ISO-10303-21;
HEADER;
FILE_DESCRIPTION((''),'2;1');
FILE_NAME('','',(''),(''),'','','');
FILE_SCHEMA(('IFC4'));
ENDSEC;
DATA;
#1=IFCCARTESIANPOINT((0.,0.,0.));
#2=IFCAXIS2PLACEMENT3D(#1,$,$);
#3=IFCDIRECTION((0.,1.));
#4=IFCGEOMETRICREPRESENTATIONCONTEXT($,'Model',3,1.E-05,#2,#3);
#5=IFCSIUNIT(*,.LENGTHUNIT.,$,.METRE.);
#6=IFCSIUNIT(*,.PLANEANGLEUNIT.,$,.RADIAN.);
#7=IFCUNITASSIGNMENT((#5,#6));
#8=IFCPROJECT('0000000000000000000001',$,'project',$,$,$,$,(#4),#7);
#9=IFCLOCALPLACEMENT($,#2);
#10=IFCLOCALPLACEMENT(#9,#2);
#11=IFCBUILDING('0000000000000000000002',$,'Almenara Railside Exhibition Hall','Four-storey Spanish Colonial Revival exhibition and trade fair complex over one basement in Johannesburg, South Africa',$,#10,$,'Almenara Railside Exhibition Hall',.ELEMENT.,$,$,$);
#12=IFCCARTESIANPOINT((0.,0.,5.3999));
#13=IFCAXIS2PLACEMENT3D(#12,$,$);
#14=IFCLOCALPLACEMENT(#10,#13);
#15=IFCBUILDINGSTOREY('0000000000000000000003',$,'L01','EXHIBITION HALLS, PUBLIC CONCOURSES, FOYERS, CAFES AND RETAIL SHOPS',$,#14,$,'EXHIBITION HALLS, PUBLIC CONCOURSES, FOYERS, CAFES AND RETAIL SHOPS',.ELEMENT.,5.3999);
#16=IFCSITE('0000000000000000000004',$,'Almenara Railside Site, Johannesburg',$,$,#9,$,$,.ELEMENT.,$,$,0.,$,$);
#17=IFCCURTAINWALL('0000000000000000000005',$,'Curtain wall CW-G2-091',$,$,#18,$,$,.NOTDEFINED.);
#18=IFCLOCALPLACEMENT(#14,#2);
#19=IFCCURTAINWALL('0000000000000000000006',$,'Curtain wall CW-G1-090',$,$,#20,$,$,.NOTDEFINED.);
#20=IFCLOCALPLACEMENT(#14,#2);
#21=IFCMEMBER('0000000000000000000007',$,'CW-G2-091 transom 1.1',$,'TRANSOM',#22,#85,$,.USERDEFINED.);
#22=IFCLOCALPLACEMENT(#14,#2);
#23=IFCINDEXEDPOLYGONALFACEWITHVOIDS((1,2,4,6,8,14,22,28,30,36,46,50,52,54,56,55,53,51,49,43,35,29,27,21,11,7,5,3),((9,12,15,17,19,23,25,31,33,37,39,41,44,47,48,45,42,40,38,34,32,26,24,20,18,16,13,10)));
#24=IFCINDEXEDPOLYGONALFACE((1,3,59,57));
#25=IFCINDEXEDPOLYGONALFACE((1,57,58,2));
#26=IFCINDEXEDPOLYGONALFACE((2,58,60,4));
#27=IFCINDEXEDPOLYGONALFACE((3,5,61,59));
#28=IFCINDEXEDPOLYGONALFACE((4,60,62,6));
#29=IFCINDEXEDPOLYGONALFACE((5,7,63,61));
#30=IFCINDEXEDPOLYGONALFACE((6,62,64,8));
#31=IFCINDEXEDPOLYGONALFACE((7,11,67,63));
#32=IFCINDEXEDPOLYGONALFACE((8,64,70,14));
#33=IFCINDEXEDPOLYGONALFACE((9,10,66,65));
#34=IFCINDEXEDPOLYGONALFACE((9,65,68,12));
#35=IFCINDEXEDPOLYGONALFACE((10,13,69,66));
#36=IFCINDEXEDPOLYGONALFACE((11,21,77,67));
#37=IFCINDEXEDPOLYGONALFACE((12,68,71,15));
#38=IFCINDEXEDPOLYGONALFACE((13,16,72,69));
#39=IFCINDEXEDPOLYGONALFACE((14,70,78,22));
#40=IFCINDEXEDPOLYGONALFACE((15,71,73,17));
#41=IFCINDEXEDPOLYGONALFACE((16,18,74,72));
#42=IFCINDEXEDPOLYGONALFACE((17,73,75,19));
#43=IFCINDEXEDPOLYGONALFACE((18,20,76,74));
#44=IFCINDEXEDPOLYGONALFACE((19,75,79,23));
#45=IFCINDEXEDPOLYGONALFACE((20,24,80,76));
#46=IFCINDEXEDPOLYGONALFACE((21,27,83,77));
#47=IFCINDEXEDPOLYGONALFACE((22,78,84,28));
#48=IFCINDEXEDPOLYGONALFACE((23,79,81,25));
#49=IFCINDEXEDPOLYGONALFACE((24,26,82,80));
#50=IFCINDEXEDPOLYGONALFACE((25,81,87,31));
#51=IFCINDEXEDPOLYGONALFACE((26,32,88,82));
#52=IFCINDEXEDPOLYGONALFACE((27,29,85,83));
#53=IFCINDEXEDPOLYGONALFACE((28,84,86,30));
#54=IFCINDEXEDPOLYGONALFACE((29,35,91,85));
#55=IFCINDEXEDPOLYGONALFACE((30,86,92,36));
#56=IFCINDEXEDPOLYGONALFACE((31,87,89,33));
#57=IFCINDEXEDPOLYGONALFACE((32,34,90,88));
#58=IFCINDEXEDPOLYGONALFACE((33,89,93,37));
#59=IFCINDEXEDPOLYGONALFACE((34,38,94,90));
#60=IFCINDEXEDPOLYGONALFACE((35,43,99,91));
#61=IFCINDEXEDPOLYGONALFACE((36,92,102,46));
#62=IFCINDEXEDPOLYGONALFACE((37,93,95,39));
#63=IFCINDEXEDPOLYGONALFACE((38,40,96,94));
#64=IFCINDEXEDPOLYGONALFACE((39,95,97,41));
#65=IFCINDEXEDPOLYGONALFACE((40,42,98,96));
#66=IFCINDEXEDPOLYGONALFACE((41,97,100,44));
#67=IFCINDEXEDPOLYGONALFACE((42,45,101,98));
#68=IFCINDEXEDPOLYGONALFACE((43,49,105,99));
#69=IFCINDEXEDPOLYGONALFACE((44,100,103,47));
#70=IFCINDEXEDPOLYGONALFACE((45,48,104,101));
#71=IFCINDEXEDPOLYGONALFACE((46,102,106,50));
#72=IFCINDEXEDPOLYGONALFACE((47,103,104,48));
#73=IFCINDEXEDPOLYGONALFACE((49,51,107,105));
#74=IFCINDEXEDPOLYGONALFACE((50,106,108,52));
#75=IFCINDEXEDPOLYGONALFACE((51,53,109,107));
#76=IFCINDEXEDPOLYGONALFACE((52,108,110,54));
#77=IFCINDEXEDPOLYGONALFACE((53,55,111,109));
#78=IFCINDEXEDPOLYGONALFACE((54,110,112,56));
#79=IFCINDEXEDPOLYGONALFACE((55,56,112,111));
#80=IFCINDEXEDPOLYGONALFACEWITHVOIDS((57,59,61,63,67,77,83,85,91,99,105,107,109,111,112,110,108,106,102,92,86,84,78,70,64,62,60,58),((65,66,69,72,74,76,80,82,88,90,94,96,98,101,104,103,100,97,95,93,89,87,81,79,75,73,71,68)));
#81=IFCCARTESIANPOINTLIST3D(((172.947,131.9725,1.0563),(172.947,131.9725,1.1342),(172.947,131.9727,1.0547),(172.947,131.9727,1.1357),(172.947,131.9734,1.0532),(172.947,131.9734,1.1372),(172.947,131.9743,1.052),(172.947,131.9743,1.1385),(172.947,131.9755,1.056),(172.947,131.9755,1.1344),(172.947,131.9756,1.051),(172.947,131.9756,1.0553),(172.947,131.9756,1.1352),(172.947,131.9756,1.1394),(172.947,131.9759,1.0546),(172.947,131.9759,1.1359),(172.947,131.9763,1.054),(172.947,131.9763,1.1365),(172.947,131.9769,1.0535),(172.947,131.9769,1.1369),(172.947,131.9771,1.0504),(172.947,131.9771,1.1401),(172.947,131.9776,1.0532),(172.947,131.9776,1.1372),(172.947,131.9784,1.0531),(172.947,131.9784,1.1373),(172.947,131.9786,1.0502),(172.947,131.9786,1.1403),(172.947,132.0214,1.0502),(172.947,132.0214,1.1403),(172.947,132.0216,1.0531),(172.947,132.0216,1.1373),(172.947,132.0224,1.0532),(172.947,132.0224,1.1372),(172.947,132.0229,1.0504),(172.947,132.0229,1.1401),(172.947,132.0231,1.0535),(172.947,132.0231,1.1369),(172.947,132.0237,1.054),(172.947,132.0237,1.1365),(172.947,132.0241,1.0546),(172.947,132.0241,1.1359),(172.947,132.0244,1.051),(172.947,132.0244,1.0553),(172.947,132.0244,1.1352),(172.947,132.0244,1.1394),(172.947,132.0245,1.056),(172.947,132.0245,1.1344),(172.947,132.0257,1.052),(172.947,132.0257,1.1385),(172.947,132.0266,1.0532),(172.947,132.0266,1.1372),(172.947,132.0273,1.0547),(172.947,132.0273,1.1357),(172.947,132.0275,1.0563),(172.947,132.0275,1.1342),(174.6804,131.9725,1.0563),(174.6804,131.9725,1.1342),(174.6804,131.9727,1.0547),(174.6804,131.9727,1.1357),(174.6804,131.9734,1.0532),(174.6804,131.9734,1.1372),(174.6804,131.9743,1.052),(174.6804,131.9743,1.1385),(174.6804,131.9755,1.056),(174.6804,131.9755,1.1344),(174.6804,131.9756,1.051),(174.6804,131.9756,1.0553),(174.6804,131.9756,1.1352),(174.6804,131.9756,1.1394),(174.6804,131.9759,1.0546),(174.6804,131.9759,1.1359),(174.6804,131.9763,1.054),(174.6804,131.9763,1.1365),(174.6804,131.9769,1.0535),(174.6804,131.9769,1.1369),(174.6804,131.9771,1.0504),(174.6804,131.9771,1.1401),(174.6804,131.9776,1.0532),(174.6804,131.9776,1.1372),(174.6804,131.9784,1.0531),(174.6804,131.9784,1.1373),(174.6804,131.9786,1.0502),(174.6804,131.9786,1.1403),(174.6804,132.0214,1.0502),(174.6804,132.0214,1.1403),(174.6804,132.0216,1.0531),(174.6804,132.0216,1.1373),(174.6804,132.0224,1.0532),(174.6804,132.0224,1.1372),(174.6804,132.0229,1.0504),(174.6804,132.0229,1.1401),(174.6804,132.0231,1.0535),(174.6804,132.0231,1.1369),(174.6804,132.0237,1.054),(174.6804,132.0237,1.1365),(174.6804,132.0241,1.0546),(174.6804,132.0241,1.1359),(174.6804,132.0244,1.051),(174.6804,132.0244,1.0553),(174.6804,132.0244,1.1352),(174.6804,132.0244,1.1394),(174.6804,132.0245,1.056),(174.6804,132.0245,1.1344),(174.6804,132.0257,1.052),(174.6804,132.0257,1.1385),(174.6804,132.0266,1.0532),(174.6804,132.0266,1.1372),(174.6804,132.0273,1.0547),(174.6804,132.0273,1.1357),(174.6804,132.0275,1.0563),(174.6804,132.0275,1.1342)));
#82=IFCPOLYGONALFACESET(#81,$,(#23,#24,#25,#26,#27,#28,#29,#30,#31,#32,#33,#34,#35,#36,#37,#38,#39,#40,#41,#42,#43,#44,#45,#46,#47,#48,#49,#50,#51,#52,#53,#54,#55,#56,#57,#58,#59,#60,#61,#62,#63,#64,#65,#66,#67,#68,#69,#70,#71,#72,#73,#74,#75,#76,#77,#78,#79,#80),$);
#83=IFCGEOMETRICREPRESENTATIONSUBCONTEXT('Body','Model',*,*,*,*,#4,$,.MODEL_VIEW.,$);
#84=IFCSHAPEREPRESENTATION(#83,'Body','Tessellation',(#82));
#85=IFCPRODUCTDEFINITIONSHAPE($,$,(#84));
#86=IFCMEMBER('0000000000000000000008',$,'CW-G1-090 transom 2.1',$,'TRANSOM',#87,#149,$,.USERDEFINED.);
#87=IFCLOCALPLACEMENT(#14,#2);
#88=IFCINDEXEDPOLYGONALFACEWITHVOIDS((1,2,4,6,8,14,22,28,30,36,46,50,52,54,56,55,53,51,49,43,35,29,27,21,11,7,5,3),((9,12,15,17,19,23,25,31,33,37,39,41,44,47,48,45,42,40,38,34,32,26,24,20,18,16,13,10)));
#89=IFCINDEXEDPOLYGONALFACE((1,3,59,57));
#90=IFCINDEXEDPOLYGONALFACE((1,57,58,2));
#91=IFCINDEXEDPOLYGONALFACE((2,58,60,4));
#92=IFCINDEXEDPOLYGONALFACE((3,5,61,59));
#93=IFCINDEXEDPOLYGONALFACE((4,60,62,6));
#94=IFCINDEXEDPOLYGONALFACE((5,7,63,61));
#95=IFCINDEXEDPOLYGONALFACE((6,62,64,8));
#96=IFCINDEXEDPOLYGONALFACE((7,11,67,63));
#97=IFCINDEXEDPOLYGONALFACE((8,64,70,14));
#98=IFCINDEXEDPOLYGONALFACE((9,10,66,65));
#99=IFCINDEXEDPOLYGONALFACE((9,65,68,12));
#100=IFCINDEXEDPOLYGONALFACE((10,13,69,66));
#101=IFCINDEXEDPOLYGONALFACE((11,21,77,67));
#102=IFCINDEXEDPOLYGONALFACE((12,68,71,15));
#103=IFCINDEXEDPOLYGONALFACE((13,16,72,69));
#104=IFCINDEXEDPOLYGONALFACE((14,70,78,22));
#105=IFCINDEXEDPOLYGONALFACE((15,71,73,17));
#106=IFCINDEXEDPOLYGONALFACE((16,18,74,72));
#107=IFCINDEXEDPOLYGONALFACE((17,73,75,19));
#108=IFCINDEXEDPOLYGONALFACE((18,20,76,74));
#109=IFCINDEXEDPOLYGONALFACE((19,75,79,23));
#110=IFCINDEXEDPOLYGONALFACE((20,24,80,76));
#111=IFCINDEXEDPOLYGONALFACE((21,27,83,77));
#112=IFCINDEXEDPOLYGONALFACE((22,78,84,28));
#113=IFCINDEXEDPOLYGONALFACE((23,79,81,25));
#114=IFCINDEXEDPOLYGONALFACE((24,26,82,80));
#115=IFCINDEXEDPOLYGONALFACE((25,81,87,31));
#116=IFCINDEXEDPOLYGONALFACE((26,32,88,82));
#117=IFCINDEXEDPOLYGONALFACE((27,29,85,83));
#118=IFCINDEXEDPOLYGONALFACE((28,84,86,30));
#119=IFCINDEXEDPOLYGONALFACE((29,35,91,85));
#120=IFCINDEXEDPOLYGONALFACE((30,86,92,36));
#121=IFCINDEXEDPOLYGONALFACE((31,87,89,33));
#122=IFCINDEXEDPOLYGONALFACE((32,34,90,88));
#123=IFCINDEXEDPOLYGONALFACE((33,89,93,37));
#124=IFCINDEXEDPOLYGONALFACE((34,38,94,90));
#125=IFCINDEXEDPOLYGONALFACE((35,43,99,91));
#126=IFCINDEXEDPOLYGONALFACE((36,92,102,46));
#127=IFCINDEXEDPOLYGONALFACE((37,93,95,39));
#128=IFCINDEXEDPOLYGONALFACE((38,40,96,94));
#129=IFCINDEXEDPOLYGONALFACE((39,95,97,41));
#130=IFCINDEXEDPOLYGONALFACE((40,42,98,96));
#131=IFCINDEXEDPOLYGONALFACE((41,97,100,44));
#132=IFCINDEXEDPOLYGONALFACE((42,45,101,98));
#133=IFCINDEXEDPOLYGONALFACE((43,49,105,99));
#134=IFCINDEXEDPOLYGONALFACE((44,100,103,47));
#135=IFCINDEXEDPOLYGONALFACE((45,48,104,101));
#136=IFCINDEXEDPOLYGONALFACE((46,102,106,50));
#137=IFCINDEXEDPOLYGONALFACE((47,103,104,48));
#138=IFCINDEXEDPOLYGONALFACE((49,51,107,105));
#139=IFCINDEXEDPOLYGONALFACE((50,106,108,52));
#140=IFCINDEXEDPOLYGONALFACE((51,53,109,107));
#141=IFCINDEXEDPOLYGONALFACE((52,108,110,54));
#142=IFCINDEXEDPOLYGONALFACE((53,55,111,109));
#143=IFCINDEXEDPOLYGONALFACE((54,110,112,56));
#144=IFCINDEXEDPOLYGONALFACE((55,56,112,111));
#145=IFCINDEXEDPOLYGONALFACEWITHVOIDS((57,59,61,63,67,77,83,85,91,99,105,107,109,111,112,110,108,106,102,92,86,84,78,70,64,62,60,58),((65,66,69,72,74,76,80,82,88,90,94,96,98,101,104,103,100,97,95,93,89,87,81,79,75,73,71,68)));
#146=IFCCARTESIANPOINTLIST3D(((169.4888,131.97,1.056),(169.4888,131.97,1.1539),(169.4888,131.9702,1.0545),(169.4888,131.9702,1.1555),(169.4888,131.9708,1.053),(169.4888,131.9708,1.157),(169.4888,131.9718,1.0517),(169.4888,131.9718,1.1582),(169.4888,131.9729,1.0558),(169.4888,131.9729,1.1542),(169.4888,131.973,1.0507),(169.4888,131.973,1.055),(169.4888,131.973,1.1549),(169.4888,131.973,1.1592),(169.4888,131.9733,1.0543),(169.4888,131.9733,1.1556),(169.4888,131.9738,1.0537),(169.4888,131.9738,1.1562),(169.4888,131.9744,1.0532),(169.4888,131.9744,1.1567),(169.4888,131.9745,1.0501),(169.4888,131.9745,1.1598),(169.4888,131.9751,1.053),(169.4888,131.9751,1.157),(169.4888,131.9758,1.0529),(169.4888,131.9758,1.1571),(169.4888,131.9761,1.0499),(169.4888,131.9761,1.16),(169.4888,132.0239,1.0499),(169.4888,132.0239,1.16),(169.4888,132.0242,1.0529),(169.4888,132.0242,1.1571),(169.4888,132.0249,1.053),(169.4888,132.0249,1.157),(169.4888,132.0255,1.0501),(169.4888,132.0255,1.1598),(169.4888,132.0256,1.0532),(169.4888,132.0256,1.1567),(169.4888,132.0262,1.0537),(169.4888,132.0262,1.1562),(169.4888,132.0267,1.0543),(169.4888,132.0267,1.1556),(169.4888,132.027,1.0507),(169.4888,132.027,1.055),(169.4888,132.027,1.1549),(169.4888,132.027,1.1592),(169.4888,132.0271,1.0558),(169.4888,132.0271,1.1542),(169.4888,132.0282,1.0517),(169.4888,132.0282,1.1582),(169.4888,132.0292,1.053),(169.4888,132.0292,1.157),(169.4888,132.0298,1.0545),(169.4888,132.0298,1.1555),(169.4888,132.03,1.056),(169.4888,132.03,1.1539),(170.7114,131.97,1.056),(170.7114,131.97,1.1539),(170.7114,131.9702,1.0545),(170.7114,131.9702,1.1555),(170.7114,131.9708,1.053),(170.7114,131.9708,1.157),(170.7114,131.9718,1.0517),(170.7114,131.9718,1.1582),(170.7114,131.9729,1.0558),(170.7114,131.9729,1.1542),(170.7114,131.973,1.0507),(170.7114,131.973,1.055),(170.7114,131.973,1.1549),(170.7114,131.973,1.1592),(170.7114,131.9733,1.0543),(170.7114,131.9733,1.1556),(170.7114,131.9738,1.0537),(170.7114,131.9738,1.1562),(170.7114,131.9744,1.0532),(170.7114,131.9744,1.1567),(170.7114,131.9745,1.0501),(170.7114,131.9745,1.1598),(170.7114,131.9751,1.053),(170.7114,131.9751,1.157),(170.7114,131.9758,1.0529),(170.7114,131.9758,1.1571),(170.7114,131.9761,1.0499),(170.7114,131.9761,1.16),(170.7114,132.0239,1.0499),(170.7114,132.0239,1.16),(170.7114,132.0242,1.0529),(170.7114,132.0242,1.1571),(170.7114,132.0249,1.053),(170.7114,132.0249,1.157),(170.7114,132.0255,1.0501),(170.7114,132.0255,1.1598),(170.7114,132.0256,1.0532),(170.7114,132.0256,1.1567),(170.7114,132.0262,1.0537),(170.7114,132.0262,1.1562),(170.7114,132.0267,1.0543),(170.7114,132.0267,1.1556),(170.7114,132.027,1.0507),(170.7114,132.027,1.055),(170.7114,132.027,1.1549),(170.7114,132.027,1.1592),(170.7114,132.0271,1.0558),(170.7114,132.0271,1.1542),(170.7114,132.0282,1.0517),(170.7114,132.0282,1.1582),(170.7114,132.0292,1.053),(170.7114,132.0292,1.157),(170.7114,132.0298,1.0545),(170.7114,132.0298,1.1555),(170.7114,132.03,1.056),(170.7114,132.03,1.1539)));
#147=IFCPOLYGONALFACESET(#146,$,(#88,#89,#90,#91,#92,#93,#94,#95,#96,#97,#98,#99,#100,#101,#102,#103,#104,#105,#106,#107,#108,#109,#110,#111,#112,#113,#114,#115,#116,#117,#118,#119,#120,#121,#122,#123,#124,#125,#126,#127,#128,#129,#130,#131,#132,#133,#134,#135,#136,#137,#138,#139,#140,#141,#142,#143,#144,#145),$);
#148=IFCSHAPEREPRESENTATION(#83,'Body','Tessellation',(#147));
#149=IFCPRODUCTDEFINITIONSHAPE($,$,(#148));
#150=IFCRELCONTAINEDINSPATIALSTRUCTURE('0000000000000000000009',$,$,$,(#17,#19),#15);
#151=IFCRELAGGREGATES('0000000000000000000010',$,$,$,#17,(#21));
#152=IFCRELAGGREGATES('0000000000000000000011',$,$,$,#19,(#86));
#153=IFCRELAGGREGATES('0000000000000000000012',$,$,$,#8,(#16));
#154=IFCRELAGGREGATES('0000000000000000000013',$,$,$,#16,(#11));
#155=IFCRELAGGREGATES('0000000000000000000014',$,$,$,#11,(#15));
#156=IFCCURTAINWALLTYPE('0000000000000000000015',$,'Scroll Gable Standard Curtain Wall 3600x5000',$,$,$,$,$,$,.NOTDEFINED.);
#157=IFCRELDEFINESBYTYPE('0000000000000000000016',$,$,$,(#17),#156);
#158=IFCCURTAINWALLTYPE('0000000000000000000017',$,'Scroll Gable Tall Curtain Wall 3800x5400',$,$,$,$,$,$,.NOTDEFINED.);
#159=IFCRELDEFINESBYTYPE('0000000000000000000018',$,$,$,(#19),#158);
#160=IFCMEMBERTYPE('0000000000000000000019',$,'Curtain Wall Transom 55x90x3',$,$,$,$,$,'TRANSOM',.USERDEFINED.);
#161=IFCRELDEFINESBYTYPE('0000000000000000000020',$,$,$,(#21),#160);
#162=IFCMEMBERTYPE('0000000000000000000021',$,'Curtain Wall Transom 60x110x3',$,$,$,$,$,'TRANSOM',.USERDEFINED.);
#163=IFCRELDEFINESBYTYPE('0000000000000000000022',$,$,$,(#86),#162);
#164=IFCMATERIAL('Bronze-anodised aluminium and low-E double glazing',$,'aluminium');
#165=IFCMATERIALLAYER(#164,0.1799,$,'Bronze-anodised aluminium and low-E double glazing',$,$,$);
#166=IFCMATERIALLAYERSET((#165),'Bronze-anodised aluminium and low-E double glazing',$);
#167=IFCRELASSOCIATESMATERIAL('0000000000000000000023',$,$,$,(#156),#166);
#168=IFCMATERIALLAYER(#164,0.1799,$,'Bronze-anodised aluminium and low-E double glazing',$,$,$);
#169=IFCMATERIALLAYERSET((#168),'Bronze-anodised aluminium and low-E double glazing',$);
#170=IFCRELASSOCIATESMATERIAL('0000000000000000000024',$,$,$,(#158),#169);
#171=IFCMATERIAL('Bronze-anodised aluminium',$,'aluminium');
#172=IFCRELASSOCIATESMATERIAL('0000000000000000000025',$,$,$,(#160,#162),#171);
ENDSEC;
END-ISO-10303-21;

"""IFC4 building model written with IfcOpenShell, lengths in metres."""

from ifc_helpers import new_model, si_unit, direction, frame, origin, origin_2d, place, context, subcontext, project, spatial, hollow_rectangle, extrude, material, layer, layer_set, material_profile, profile_set, type_object, element, aggregate, save


model = new_model("IFC4")

# Units and contexts
model_context = context("Model", 3, precision=1e-05, world=origin(), true_north=direction((0.0, 1.0)))
body_context = subcontext(model_context, "Body", "Model", "MODEL_VIEW")
ifc_project = project(units=[si_unit("LENGTHUNIT", "METRE"), si_unit("PLANEANGLEUNIT", "RADIAN")], contexts=[model_context])

# Site, building, storey
site_placement = place(None, origin())
site = spatial("IfcSite", under=ifc_project, at=site_placement, Name="Almenara Railside Site, Johannesburg", CompositionType="ELEMENT", RefElevation=0.0)
building_placement = place(site_placement, origin())
building = spatial("IfcBuilding", under=site, at=building_placement, Name="Almenara Railside Exhibition Hall", Description="Four-storey Spanish Colonial Revival exhibition and trade fair complex over one basement in Johannesburg, South Africa", LongName="Almenara Railside Exhibition Hall", CompositionType="ELEMENT")
storey_placement = place(building_placement, frame((0.0, 0.0, 5.3999)))
storey = spatial("IfcBuildingStorey", under=building, at=storey_placement, Name="L01", Description="EXHIBITION HALLS, PUBLIC CONCOURSES, FOYERS, CAFES AND RETAIL SHOPS", LongName="EXHIBITION HALLS, PUBLIC CONCOURSES, FOYERS, CAFES AND RETAIL SHOPS", CompositionType="ELEMENT", Elevation=5.3999)

# Curtain wall
ifc_material_1 = material(Name="Bronze-anodised aluminium and low-E double glazing", Category="aluminium")
ifc_layer_1 = layer(ifc_material_1, 0.1799, Name="Bronze-anodised aluminium and low-E double glazing")
ifc_layer_set_1 = layer_set([ifc_layer_1], Name="Bronze-anodised aluminium and low-E double glazing")
curtain_wall_type_1 = type_object("IfcCurtainWallType", Name="Scroll Gable Standard Curtain Wall 3600x5000", PredefinedType="NOTDEFINED", material=ifc_layer_set_1)
curtain_wall_1_placement = place(storey_placement, origin())
curtain_wall_1 = element("IfcCurtainWall", 1, at=curtain_wall_1_placement, inside=storey, type_object=curtain_wall_type_1, Name="Curtain wall CW-G2-091", PredefinedType="NOTDEFINED")
ifc_material_2 = material(Name="Bronze-anodised aluminium", Category="aluminium")

# Curtain wall
ifc_layer_2 = layer(ifc_material_1, 0.1799, Name="Bronze-anodised aluminium and low-E double glazing")
ifc_layer_set_2 = layer_set([ifc_layer_2], Name="Bronze-anodised aluminium and low-E double glazing")
curtain_wall_type_2 = type_object("IfcCurtainWallType", Name="Scroll Gable Tall Curtain Wall 3800x5400", PredefinedType="NOTDEFINED", material=ifc_layer_set_2)
curtain_wall_2_placement = place(storey_placement, origin())
curtain_wall_2 = element("IfcCurtainWall", 2, at=curtain_wall_2_placement, inside=storey, type_object=curtain_wall_type_2, Name="Curtain wall CW-G1-090", PredefinedType="NOTDEFINED")

# Members
ifc_material_profile_1 = material_profile(ifc_material_2, hollow_rectangle(XDim=0.0549, YDim=0.0901, WallThickness=0.0029, InnerFilletRadius=0.0029, OuterFilletRadius=0.0061, at=origin_2d()), Name="ALU-TRN 55x90x3")
ifc_profile_set_1 = profile_set([ifc_material_profile_1], Name="Bronze-anodised aluminium")
member_type_1 = type_object("IfcMemberType", Name="Curtain Wall Transom 55x90x3", ElementType="TRANSOM", PredefinedType="USERDEFINED", material=ifc_profile_set_1)
member_1_placement = place(storey_placement, frame((172.947, 132.0, 1.0952), z_axis=(1.0, 0.0, 0.0), x_axis=(0.0, 1.0, 0.0)))
member_1 = element("IfcMember", 3, at=member_1_placement, type_object=member_type_1, Name="CW-G2-091 transom 1.1", ObjectType="TRANSOM", PredefinedType="USERDEFINED", context=body_context, shape_type="SweptSolid", body=[
    extrude(hollow_rectangle(XDim=0.0549, YDim=0.0901, WallThickness=0.0029, InnerFilletRadius=0.0029, OuterFilletRadius=0.0061, at=origin_2d()), origin(), (0.0, 0.0, 1.0), 1.7334),
])
aggregate(curtain_wall_1, [member_1])
ifc_material_profile_2 = material_profile(ifc_material_2, hollow_rectangle(XDim=0.0601, YDim=0.1101, WallThickness=0.0029, InnerFilletRadius=0.0029, OuterFilletRadius=0.0061, at=origin_2d()), Name="ALU-TRN 60x110x3")
ifc_profile_set_2 = profile_set([ifc_material_profile_2], Name="Bronze-anodised aluminium")
member_type_2 = type_object("IfcMemberType", Name="Curtain Wall Transom 60x110x3", ElementType="TRANSOM", PredefinedType="USERDEFINED", material=ifc_profile_set_2)
member_2_placement = place(storey_placement, frame((169.4888, 132.0, 1.105), z_axis=(1.0, 0.0, 0.0), x_axis=(0.0, 1.0, 0.0)))
member_2 = element("IfcMember", 4, at=member_2_placement, type_object=member_type_2, Name="CW-G1-090 transom 2.1", ObjectType="TRANSOM", PredefinedType="USERDEFINED", context=body_context, shape_type="SweptSolid", body=[
    extrude(hollow_rectangle(XDim=0.0601, YDim=0.1101, WallThickness=0.0029, InnerFilletRadius=0.0029, OuterFilletRadius=0.0061, at=origin_2d()), origin(), (0.0, 0.0, 1.0), 1.2227),
])

aggregate(curtain_wall_2, [member_2])

save(model, "model.ifc")
